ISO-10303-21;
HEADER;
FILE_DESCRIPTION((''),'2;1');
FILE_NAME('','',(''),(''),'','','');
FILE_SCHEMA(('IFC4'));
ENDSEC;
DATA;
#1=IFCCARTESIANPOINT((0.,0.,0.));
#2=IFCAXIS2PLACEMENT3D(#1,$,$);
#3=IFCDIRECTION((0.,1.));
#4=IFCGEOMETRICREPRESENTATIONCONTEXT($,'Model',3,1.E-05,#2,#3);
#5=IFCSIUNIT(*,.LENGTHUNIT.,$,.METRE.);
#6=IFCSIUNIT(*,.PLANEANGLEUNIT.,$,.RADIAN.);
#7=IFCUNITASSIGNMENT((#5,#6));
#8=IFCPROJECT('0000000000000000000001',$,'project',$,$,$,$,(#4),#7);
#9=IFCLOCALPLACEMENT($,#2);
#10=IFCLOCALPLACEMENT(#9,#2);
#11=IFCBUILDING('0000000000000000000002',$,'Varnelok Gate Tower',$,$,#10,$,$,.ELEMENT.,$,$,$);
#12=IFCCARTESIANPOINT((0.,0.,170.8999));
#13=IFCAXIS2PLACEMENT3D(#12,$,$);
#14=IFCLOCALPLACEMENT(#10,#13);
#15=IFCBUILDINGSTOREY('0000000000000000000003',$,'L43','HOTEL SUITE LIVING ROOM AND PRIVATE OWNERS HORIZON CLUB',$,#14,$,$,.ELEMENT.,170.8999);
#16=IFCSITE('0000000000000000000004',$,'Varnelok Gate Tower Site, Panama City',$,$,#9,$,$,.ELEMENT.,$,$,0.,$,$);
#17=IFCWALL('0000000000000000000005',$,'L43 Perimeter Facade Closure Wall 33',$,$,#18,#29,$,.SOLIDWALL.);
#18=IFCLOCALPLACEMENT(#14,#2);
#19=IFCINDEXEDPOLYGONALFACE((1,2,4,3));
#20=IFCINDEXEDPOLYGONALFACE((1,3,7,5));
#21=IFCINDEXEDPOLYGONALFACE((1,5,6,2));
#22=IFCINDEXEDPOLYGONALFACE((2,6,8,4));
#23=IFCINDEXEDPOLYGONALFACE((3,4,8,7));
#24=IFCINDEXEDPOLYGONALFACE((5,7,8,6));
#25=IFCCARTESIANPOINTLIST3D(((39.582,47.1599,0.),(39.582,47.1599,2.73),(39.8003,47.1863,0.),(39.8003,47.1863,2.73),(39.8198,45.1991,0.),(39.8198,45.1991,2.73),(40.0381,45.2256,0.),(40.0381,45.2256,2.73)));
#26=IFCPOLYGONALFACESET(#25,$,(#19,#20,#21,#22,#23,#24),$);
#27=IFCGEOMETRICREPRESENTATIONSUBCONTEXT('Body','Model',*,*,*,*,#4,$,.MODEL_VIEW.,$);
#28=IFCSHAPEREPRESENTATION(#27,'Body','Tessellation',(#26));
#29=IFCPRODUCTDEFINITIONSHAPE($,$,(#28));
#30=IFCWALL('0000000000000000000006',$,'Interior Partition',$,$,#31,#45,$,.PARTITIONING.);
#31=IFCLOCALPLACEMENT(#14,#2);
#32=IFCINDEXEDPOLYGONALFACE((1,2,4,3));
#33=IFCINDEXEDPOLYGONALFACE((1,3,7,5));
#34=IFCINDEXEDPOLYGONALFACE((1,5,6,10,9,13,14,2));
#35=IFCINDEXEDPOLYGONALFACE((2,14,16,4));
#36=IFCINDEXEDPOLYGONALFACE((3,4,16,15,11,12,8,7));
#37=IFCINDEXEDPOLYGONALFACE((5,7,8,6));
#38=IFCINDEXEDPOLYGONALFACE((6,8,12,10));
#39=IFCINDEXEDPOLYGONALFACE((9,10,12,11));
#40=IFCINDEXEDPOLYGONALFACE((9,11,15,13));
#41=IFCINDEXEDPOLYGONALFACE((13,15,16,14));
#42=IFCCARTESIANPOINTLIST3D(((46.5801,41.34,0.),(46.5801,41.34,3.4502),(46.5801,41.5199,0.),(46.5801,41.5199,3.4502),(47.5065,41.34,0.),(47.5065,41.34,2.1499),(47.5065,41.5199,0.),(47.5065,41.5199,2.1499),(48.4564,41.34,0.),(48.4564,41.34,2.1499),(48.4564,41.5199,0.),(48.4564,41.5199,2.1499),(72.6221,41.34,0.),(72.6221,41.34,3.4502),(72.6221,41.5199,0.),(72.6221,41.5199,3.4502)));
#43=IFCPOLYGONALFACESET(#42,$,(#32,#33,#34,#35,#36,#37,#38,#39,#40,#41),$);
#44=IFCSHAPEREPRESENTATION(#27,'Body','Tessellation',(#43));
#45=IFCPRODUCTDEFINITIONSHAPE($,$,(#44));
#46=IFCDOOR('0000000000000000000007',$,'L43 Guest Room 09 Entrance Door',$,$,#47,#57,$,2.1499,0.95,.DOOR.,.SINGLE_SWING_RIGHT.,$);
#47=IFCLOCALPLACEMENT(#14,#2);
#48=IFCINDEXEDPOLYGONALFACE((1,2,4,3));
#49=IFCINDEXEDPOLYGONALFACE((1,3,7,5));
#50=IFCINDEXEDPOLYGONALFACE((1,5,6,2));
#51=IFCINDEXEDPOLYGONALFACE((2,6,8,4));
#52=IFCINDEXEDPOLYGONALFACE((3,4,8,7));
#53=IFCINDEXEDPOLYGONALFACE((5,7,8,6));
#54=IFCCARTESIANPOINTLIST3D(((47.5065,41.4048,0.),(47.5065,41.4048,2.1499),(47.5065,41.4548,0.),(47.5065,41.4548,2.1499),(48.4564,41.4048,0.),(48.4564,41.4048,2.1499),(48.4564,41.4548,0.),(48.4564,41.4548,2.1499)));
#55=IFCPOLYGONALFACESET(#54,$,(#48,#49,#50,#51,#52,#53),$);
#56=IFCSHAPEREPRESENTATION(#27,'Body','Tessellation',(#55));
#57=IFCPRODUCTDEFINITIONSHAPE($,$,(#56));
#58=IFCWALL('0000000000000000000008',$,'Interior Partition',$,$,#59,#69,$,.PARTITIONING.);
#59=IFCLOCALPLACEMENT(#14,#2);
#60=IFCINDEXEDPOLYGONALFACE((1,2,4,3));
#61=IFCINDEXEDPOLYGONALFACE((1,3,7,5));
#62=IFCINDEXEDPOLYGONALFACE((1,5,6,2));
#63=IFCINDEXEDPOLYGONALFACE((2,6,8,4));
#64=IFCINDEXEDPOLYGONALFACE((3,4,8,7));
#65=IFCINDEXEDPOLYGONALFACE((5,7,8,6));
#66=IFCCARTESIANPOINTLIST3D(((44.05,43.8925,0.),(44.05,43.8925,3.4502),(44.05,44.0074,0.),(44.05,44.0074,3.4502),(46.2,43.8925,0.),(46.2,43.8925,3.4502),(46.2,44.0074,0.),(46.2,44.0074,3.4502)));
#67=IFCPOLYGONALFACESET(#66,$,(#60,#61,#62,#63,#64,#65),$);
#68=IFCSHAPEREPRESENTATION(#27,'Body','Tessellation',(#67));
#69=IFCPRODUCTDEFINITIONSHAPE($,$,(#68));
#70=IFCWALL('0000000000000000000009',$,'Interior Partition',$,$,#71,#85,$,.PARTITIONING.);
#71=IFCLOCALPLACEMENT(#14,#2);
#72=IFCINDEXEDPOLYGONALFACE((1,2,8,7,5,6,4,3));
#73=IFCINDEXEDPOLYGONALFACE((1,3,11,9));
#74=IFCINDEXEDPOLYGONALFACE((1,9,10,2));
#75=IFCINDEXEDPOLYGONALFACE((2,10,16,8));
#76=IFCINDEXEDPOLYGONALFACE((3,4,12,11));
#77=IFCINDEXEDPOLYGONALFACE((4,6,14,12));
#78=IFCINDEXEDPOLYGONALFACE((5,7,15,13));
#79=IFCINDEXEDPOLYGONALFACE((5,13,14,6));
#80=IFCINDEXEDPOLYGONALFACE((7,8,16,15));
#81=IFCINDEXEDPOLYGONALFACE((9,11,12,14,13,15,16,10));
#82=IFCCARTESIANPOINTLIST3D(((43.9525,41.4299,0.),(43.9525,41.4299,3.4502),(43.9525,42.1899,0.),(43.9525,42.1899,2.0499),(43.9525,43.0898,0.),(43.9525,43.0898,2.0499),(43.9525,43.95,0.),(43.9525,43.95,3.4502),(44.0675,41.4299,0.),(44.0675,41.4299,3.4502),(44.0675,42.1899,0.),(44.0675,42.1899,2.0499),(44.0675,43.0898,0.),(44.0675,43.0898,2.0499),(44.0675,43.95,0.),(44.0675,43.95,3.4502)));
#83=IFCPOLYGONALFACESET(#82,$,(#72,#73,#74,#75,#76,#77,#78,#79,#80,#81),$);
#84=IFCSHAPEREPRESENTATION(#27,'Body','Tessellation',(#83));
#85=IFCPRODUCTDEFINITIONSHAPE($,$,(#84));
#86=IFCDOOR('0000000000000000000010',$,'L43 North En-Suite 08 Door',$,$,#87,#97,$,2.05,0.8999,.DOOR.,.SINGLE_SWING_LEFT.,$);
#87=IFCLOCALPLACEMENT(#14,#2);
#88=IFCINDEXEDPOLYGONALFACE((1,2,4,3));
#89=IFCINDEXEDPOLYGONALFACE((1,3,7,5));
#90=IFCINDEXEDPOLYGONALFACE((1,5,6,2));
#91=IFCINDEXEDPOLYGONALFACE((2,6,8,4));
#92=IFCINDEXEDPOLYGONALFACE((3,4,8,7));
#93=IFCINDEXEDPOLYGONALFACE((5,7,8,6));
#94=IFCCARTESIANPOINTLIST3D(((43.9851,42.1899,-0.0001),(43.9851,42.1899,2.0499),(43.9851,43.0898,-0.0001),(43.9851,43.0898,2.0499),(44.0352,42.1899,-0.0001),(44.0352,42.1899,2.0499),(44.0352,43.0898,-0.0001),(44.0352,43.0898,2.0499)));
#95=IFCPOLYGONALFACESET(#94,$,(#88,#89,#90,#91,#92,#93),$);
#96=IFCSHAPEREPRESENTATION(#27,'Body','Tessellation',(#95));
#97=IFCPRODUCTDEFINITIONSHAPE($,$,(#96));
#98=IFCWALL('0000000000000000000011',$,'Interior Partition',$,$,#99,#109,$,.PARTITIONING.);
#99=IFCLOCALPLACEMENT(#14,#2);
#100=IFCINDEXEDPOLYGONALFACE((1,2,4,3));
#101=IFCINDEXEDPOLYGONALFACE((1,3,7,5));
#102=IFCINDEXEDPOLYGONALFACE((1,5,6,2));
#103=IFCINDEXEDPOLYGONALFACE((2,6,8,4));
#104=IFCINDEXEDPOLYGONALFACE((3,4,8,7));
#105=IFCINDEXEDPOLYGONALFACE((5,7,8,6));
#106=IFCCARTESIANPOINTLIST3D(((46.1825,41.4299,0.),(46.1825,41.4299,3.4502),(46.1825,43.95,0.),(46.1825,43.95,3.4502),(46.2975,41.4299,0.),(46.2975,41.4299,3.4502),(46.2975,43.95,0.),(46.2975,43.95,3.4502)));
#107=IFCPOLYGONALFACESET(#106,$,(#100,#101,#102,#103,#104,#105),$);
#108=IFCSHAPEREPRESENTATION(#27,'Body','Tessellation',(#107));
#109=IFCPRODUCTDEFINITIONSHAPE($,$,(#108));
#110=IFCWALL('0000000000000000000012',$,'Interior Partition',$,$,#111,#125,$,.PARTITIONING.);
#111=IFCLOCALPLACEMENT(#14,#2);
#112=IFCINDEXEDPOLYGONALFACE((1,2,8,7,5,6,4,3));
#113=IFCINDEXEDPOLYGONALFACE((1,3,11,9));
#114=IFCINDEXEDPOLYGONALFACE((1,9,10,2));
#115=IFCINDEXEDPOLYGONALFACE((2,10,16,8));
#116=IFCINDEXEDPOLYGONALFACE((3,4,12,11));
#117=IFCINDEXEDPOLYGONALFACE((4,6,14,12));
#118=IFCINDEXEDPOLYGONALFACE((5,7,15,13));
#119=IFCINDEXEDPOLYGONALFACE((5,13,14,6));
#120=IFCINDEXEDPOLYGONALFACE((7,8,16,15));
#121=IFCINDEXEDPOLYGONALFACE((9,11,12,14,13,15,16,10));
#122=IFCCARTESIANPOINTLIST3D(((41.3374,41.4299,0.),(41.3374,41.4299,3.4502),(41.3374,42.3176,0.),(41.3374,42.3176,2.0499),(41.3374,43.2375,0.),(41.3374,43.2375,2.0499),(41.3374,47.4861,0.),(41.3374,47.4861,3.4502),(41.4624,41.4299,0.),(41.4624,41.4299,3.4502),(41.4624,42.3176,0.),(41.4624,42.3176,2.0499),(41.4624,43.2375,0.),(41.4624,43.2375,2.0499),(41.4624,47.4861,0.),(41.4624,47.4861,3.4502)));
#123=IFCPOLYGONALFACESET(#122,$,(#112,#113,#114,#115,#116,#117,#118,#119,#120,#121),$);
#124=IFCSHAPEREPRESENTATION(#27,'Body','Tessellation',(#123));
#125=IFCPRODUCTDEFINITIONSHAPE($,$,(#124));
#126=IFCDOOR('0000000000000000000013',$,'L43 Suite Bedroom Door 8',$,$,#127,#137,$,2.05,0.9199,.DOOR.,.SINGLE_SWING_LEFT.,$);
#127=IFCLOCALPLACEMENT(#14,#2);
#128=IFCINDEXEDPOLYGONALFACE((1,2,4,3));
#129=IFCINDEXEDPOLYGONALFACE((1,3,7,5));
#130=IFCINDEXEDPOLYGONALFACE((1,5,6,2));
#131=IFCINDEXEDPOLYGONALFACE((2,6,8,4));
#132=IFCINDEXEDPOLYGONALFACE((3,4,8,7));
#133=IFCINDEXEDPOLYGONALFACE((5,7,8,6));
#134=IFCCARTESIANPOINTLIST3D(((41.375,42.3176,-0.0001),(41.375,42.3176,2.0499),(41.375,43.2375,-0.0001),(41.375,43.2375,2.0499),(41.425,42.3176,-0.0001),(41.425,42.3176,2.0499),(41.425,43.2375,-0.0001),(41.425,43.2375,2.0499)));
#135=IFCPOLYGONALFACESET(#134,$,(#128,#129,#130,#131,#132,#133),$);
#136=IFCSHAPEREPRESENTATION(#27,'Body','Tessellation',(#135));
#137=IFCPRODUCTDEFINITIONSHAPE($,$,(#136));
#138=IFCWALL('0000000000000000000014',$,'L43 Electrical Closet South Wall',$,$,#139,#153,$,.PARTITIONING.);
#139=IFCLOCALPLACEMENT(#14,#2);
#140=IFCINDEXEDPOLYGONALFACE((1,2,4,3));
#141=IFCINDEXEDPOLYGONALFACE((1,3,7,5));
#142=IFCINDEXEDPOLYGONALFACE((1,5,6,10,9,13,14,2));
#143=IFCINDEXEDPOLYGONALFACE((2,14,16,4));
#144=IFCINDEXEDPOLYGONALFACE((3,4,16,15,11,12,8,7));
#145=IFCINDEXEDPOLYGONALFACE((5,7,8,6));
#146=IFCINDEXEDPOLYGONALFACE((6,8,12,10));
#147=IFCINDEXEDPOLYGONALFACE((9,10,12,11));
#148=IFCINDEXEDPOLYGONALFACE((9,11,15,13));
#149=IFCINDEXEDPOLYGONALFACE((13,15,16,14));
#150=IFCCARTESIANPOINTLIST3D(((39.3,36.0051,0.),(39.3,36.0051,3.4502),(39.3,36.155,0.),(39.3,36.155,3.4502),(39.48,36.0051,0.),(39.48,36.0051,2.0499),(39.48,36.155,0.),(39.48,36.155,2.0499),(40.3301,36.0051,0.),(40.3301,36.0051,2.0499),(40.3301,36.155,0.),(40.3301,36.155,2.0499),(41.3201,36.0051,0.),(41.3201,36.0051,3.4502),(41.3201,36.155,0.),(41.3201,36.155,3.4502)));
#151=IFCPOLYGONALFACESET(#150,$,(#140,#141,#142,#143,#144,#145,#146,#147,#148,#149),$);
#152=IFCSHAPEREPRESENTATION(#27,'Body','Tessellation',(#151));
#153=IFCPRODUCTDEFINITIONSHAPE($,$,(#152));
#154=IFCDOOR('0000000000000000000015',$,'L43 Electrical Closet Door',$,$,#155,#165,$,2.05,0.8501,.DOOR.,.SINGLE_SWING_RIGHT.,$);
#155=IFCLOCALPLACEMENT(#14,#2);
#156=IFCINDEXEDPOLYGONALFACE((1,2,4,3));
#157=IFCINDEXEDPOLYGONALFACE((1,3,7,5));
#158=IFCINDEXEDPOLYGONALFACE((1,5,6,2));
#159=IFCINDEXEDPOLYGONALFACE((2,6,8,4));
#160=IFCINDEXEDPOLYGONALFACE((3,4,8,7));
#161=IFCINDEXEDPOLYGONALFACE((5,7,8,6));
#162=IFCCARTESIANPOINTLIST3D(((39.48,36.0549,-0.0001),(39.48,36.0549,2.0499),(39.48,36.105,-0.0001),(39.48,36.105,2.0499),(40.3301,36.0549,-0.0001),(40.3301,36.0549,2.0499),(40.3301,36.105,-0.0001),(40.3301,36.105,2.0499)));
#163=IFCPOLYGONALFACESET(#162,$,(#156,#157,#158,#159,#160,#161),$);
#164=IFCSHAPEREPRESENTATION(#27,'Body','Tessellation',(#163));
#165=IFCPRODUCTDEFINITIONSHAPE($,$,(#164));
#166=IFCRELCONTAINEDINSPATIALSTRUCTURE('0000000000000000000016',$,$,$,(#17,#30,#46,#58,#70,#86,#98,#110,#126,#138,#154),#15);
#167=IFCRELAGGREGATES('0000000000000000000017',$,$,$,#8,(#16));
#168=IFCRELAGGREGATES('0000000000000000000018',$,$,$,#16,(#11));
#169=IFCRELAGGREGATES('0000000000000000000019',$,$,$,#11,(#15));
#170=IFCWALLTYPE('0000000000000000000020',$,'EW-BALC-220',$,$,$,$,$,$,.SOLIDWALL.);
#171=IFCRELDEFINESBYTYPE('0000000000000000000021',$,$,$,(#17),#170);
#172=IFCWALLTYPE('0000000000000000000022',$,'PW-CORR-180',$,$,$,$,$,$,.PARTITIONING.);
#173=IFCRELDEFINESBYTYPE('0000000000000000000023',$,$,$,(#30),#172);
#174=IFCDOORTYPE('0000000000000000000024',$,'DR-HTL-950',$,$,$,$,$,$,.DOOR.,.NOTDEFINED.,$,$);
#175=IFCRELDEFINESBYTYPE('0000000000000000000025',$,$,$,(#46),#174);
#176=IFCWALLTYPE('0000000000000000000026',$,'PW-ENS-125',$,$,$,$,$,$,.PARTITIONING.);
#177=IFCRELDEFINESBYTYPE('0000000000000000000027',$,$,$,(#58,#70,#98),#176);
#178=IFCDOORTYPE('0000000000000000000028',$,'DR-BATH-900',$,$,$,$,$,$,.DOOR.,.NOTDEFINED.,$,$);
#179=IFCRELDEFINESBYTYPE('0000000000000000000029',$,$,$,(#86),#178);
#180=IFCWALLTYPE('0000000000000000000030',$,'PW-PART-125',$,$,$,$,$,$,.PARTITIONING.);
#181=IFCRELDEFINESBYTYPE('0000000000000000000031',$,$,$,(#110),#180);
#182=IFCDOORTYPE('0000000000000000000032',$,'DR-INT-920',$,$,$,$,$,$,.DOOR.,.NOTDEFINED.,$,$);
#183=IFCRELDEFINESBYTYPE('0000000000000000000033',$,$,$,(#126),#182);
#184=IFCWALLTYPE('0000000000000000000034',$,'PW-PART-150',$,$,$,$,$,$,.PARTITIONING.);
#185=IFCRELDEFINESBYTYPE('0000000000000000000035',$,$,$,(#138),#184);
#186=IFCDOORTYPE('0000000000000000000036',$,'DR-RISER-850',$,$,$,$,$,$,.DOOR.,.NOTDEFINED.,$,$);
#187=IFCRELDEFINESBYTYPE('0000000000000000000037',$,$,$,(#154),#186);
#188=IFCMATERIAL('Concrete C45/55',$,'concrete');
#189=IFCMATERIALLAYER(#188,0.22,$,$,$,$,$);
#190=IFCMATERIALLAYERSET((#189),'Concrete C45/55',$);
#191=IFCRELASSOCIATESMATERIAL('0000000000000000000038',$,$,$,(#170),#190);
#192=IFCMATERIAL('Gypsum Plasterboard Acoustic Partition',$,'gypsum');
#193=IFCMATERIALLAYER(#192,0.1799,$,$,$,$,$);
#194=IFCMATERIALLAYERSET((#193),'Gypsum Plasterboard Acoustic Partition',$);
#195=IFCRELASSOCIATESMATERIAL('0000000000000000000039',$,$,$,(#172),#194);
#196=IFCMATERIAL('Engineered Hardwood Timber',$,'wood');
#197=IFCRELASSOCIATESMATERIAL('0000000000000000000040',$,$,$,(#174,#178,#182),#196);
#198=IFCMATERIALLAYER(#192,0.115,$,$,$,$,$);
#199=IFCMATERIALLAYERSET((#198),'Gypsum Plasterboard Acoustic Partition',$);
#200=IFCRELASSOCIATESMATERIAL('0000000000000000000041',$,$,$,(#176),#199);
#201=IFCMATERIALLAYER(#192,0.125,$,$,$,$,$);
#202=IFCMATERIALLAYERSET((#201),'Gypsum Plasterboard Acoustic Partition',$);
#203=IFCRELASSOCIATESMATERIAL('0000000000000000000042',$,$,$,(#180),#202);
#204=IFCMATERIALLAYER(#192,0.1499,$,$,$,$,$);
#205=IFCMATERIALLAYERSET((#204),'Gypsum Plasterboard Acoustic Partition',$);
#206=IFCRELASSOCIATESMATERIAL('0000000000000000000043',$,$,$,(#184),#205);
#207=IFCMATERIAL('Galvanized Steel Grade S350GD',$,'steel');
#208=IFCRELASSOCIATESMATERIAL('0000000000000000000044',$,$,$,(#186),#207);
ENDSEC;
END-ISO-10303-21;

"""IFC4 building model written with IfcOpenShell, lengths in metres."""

from ifc_helpers import new_model, si_unit, direction, frame, frame_2d, origin, place, context, subcontext, project, spatial, rectangle, extrude, material, layer, layer_set, type_object, element, fill, save


model = new_model("IFC4")

# Units and contexts
model_context = context("Model", 3, precision=1e-05, world=origin(), true_north=direction((0.0, 1.0)))
body_context = subcontext(model_context, "Body", "Model", "MODEL_VIEW")
ifc_project = project(units=[si_unit("LENGTHUNIT", "METRE"), si_unit("PLANEANGLEUNIT", "RADIAN")], contexts=[model_context])

# Site, building, storey
site_placement = place(None, origin())
site = spatial("IfcSite", under=ifc_project, at=site_placement, Name="Varnelok Gate Tower Site, Panama City", CompositionType="ELEMENT", RefElevation=0.0)
building_placement = place(site_placement, origin())
building = spatial("IfcBuilding", under=site, at=building_placement, Name="Varnelok Gate Tower", CompositionType="ELEMENT")
storey_placement = place(building_placement, frame((0.0, 0.0, 170.8999)))
storey = spatial("IfcBuildingStorey", under=building, at=storey_placement, Name="L43", Description="HOTEL SUITE LIVING ROOM AND PRIVATE OWNERS HORIZON CLUB", CompositionType="ELEMENT", Elevation=170.8999)

# Shared definitions
ifc_material_1 = material(Name="Concrete C45/55", Category="concrete")
ifc_layer_1 = layer(ifc_material_1, 0.22)
ifc_layer_set_1 = layer_set([ifc_layer_1], Name="Concrete C45/55")
wall_type_1 = type_object("IfcWallType", Name="EW-BALC-220", PredefinedType="SOLIDWALL", material=ifc_layer_set_1)

# Wall
wall_1_placement = place(storey_placement, frame((39.6912, 47.1731, 0.0), z_axis=(0.0, 0.0, 1.0), x_axis=(0.120398, -0.992726, 0.0)))
element("IfcWall", 1, at=wall_1_placement, inside=storey, type_object=wall_type_1, Name="L43 Perimeter Facade Closure Wall 33", PredefinedType="SOLIDWALL", context=body_context, shape_type="SweptSolid", body=[
    extrude(rectangle(XDim=1.9751, YDim=0.22, at=frame_2d((0.9875, 0.0))), origin(), (0.0, 0.0, 1.0), 2.73),
])

# Wall, opening, door
ifc_material_2 = material(Name="Gypsum Plasterboard Acoustic Partition", Category="gypsum")
ifc_layer_2 = layer(ifc_material_2, 0.1799)
ifc_layer_set_2 = layer_set([ifc_layer_2], Name="Gypsum Plasterboard Acoustic Partition")
wall_type_2 = type_object("IfcWallType", Name="PW-CORR-180", PredefinedType="PARTITIONING", material=ifc_layer_set_2)
wall_2_placement = place(storey_placement, frame((46.5801, 41.4299, 0.0), z_axis=(0.0, 0.0, 1.0), x_axis=(1.0, 0.0, 0.0)))
wall_2 = element("IfcWall", 2, at=wall_2_placement, inside=storey, type_object=wall_type_2, Name="Interior Partition", PredefinedType="PARTITIONING", context=body_context, shape_type="SweptSolid", body=[
    extrude(rectangle(XDim=26.042, YDim=0.1799, at=frame_2d((13.021, 0.0))), origin(), (0.0, 0.0, 1.0), 3.4502),
])
opening_1_placement = place(wall_2_placement, frame((0.9263, 0.0, 0.0)))
opening_1 = element("IfcOpeningElement", 3, at=opening_1_placement, cuts=wall_2, PredefinedType="OPENING", context=body_context, shape_type="SweptSolid", body=[
    extrude(rectangle(XDim=0.95, YDim=2.1499, at=frame_2d((0.4751, 1.075))), frame((0.0, 0.0999, 0.0), z_axis=(0.0, -1.0, 0.0), x_axis=(1.0, 0.0, 0.0)), (0.0, 0.0, 1.0), 0.2),
])
ifc_material_3 = material(Name="Engineered Hardwood Timber", Category="wood")
door_type_1 = type_object("IfcDoorType", Name="DR-HTL-950", OperationType="NOTDEFINED", PredefinedType="DOOR", material=ifc_material_3)
door_1_placement = place(opening_1_placement, origin())
door_1 = element("IfcDoor", 4, at=door_1_placement, inside=storey, type_object=door_type_1, Name="L43 Guest Room 09 Entrance Door", OperationType="SINGLE_SWING_RIGHT", OverallHeight=2.1499, OverallWidth=0.95, PredefinedType="DOOR", context=body_context, shape_type="SweptSolid", body=[
    extrude(rectangle(XDim=0.95, YDim=2.1499, at=frame_2d((0.4751, 1.075))), frame((0.0, 0.0249, 0.0), z_axis=(0.0, -1.0, 0.0), x_axis=(1.0, 0.0, 0.0)), (0.0, 0.0, 1.0), 0.05),
])
fill(opening_1, door_1)

# Wall
ifc_layer_3 = layer(ifc_material_2, 0.115)
ifc_layer_set_3 = layer_set([ifc_layer_3], Name="Gypsum Plasterboard Acoustic Partition")
wall_type_3 = type_object("IfcWallType", Name="PW-ENS-125", PredefinedType="PARTITIONING", material=ifc_layer_set_3)
wall_3_placement = place(storey_placement, frame((44.05, 43.95, 0.0), z_axis=(0.0, 0.0, 1.0), x_axis=(1.0, 0.0, 0.0)))
element("IfcWall", 5, at=wall_3_placement, inside=storey, type_object=wall_type_3, Name="Interior Partition", PredefinedType="PARTITIONING", context=body_context, shape_type="SweptSolid", body=[
    extrude(rectangle(XDim=2.1499, YDim=0.115, at=frame_2d((1.075, 0.0))), origin(), (0.0, 0.0, 1.0), 3.4502),
])

# Wall, opening, door
wall_4_placement = place(storey_placement, frame((44.01, 41.4299, 0.0), z_axis=(0.0, 0.0, 1.0), x_axis=(0.0, 1.0, 0.0)))
wall_4 = element("IfcWall", 6, at=wall_4_placement, inside=storey, type_object=wall_type_3, Name="Interior Partition", PredefinedType="PARTITIONING", context=body_context, shape_type="SweptSolid", body=[
    extrude(rectangle(XDim=2.52, YDim=0.115, at=frame_2d((1.26, 0.0))), origin(), (0.0, 0.0, 1.0), 3.4502),
])
opening_2_placement = place(wall_4_placement, frame((0.76, 0.0, 0.0)))
opening_2 = element("IfcOpeningElement", 7, at=opening_2_placement, cuts=wall_4, PredefinedType="OPENING", context=body_context, shape_type="SweptSolid", body=[
    extrude(rectangle(XDim=0.8999, YDim=2.05, at=frame_2d((0.45, 1.0249))), frame((0.0, 0.0674, 0.0), z_axis=(0.0, -1.0, 0.0), x_axis=(1.0, 0.0, 0.0)), (0.0, 0.0, 1.0), 0.135),
])
door_type_2 = type_object("IfcDoorType", Name="DR-BATH-900", OperationType="NOTDEFINED", PredefinedType="DOOR", material=ifc_material_3)
door_2_placement = place(opening_2_placement, origin())
door_2 = element("IfcDoor", 8, at=door_2_placement, inside=storey, type_object=door_type_2, Name="L43 North En-Suite 08 Door", OperationType="SINGLE_SWING_LEFT", OverallHeight=2.05, OverallWidth=0.8999, PredefinedType="DOOR", context=body_context, shape_type="SweptSolid", body=[
    extrude(rectangle(XDim=0.8999, YDim=2.05, at=frame_2d((0.45, 1.0249))), frame((0.0, 0.0249, 0.0), z_axis=(0.0, -1.0, 0.0), x_axis=(1.0, 0.0, 0.0)), (0.0, 0.0, 1.0), 0.05),
])
fill(opening_2, door_2)

# Wall
wall_5_placement = place(storey_placement, frame((46.24, 41.4299, 0.0), z_axis=(0.0, 0.0, 1.0), x_axis=(0.0, 1.0, 0.0)))
element("IfcWall", 9, at=wall_5_placement, inside=storey, type_object=wall_type_3, Name="Interior Partition", PredefinedType="PARTITIONING", context=body_context, shape_type="SweptSolid", body=[
    extrude(rectangle(XDim=2.52, YDim=0.115, at=frame_2d((1.26, 0.0))), origin(), (0.0, 0.0, 1.0), 3.4502),
])

# Walls, openings, doors
ifc_layer_4 = layer(ifc_material_2, 0.125)
ifc_layer_set_4 = layer_set([ifc_layer_4], Name="Gypsum Plasterboard Acoustic Partition")
wall_type_4 = type_object("IfcWallType", Name="PW-PART-125", PredefinedType="PARTITIONING", material=ifc_layer_set_4)
wall_6_placement = place(storey_placement, frame((41.3999, 41.4299, 0.0), z_axis=(0.0, 0.0, 1.0), x_axis=(0.0, 1.0, 0.0)))
wall_6 = element("IfcWall", 10, at=wall_6_placement, inside=storey, type_object=wall_type_4, Name="Interior Partition", PredefinedType="PARTITIONING", context=body_context, shape_type="SweptSolid", body=[
    extrude(rectangle(XDim=6.0562, YDim=0.125, at=frame_2d((3.0281, 0.0))), origin(), (0.0, 0.0, 1.0), 3.4502),
])
opening_3_placement = place(wall_6_placement, frame((0.8877, 0.0, 0.0)))
opening_3 = element("IfcOpeningElement", 11, at=opening_3_placement, cuts=wall_6, PredefinedType="OPENING", context=body_context, shape_type="SweptSolid", body=[
    extrude(rectangle(XDim=0.9199, YDim=2.05, at=frame_2d((0.46, 1.0249))), frame((0.0, 0.0725, 0.0), z_axis=(0.0, -1.0, 0.0), x_axis=(1.0, 0.0, 0.0)), (0.0, 0.0, 1.0), 0.145),
])
door_type_3 = type_object("IfcDoorType", Name="DR-INT-920", OperationType="NOTDEFINED", PredefinedType="DOOR", material=ifc_material_3)
door_3_placement = place(opening_3_placement, origin())
door_3 = element("IfcDoor", 12, at=door_3_placement, inside=storey, type_object=door_type_3, Name="L43 Suite Bedroom Door 8", OperationType="SINGLE_SWING_LEFT", OverallHeight=2.05, OverallWidth=0.9199, PredefinedType="DOOR", context=body_context, shape_type="SweptSolid", body=[
    extrude(rectangle(XDim=0.9199, YDim=2.05, at=frame_2d((0.46, 1.0249))), frame((0.0, 0.0249, 0.0), z_axis=(0.0, -1.0, 0.0), x_axis=(1.0, 0.0, 0.0)), (0.0, 0.0, 1.0), 0.05),
])
fill(opening_3, door_3)
ifc_layer_5 = layer(ifc_material_2, 0.1499)
ifc_layer_set_5 = layer_set([ifc_layer_5], Name="Gypsum Plasterboard Acoustic Partition")
wall_type_5 = type_object("IfcWallType", Name="PW-PART-150", PredefinedType="PARTITIONING", material=ifc_layer_set_5)
wall_7_placement = place(storey_placement, frame((39.3, 36.0801, 0.0), z_axis=(0.0, 0.0, 1.0), x_axis=(1.0, 0.0, 0.0)))
wall_7 = element("IfcWall", 13, at=wall_7_placement, inside=storey, type_object=wall_type_5, Name="L43 Electrical Closet South Wall", PredefinedType="PARTITIONING", context=body_context, shape_type="SweptSolid", body=[
    extrude(rectangle(XDim=2.02, YDim=0.1499, at=frame_2d((1.01, 0.0))), origin(), (0.0, 0.0, 1.0), 3.4502),
])
opening_4_placement = place(wall_7_placement, frame((0.1799, 0.0, 0.0)))
opening_4 = element("IfcOpeningElement", 14, at=opening_4_placement, cuts=wall_7, PredefinedType="OPENING", context=body_context, shape_type="SweptSolid", body=[
    extrude(rectangle(XDim=0.8501, YDim=2.05, at=frame_2d((0.425, 1.0249))), frame((0.0, 0.085, 0.0), z_axis=(0.0, -1.0, 0.0), x_axis=(1.0, 0.0, 0.0)), (0.0, 0.0, 1.0), 0.1699),
])
ifc_material_4 = material(Name="Galvanized Steel Grade S350GD", Category="steel")
door_type_4 = type_object("IfcDoorType", Name="DR-RISER-850", OperationType="NOTDEFINED", PredefinedType="DOOR", material=ifc_material_4)
door_4_placement = place(opening_4_placement, origin())
door_4 = element("IfcDoor", 15, at=door_4_placement, inside=storey, type_object=door_type_4, Name="L43 Electrical Closet Door", OperationType="SINGLE_SWING_RIGHT", OverallHeight=2.05, OverallWidth=0.8501, PredefinedType="DOOR", context=body_context, shape_type="SweptSolid", body=[
    extrude(rectangle(XDim=0.8501, YDim=2.05, at=frame_2d((0.425, 1.0249))), frame((0.0, 0.0249, 0.0), z_axis=(0.0, -1.0, 0.0), x_axis=(1.0, 0.0, 0.0)), (0.0, 0.0, 1.0), 0.05),
])
fill(opening_4, door_4)

save(model, "model.ifc")
